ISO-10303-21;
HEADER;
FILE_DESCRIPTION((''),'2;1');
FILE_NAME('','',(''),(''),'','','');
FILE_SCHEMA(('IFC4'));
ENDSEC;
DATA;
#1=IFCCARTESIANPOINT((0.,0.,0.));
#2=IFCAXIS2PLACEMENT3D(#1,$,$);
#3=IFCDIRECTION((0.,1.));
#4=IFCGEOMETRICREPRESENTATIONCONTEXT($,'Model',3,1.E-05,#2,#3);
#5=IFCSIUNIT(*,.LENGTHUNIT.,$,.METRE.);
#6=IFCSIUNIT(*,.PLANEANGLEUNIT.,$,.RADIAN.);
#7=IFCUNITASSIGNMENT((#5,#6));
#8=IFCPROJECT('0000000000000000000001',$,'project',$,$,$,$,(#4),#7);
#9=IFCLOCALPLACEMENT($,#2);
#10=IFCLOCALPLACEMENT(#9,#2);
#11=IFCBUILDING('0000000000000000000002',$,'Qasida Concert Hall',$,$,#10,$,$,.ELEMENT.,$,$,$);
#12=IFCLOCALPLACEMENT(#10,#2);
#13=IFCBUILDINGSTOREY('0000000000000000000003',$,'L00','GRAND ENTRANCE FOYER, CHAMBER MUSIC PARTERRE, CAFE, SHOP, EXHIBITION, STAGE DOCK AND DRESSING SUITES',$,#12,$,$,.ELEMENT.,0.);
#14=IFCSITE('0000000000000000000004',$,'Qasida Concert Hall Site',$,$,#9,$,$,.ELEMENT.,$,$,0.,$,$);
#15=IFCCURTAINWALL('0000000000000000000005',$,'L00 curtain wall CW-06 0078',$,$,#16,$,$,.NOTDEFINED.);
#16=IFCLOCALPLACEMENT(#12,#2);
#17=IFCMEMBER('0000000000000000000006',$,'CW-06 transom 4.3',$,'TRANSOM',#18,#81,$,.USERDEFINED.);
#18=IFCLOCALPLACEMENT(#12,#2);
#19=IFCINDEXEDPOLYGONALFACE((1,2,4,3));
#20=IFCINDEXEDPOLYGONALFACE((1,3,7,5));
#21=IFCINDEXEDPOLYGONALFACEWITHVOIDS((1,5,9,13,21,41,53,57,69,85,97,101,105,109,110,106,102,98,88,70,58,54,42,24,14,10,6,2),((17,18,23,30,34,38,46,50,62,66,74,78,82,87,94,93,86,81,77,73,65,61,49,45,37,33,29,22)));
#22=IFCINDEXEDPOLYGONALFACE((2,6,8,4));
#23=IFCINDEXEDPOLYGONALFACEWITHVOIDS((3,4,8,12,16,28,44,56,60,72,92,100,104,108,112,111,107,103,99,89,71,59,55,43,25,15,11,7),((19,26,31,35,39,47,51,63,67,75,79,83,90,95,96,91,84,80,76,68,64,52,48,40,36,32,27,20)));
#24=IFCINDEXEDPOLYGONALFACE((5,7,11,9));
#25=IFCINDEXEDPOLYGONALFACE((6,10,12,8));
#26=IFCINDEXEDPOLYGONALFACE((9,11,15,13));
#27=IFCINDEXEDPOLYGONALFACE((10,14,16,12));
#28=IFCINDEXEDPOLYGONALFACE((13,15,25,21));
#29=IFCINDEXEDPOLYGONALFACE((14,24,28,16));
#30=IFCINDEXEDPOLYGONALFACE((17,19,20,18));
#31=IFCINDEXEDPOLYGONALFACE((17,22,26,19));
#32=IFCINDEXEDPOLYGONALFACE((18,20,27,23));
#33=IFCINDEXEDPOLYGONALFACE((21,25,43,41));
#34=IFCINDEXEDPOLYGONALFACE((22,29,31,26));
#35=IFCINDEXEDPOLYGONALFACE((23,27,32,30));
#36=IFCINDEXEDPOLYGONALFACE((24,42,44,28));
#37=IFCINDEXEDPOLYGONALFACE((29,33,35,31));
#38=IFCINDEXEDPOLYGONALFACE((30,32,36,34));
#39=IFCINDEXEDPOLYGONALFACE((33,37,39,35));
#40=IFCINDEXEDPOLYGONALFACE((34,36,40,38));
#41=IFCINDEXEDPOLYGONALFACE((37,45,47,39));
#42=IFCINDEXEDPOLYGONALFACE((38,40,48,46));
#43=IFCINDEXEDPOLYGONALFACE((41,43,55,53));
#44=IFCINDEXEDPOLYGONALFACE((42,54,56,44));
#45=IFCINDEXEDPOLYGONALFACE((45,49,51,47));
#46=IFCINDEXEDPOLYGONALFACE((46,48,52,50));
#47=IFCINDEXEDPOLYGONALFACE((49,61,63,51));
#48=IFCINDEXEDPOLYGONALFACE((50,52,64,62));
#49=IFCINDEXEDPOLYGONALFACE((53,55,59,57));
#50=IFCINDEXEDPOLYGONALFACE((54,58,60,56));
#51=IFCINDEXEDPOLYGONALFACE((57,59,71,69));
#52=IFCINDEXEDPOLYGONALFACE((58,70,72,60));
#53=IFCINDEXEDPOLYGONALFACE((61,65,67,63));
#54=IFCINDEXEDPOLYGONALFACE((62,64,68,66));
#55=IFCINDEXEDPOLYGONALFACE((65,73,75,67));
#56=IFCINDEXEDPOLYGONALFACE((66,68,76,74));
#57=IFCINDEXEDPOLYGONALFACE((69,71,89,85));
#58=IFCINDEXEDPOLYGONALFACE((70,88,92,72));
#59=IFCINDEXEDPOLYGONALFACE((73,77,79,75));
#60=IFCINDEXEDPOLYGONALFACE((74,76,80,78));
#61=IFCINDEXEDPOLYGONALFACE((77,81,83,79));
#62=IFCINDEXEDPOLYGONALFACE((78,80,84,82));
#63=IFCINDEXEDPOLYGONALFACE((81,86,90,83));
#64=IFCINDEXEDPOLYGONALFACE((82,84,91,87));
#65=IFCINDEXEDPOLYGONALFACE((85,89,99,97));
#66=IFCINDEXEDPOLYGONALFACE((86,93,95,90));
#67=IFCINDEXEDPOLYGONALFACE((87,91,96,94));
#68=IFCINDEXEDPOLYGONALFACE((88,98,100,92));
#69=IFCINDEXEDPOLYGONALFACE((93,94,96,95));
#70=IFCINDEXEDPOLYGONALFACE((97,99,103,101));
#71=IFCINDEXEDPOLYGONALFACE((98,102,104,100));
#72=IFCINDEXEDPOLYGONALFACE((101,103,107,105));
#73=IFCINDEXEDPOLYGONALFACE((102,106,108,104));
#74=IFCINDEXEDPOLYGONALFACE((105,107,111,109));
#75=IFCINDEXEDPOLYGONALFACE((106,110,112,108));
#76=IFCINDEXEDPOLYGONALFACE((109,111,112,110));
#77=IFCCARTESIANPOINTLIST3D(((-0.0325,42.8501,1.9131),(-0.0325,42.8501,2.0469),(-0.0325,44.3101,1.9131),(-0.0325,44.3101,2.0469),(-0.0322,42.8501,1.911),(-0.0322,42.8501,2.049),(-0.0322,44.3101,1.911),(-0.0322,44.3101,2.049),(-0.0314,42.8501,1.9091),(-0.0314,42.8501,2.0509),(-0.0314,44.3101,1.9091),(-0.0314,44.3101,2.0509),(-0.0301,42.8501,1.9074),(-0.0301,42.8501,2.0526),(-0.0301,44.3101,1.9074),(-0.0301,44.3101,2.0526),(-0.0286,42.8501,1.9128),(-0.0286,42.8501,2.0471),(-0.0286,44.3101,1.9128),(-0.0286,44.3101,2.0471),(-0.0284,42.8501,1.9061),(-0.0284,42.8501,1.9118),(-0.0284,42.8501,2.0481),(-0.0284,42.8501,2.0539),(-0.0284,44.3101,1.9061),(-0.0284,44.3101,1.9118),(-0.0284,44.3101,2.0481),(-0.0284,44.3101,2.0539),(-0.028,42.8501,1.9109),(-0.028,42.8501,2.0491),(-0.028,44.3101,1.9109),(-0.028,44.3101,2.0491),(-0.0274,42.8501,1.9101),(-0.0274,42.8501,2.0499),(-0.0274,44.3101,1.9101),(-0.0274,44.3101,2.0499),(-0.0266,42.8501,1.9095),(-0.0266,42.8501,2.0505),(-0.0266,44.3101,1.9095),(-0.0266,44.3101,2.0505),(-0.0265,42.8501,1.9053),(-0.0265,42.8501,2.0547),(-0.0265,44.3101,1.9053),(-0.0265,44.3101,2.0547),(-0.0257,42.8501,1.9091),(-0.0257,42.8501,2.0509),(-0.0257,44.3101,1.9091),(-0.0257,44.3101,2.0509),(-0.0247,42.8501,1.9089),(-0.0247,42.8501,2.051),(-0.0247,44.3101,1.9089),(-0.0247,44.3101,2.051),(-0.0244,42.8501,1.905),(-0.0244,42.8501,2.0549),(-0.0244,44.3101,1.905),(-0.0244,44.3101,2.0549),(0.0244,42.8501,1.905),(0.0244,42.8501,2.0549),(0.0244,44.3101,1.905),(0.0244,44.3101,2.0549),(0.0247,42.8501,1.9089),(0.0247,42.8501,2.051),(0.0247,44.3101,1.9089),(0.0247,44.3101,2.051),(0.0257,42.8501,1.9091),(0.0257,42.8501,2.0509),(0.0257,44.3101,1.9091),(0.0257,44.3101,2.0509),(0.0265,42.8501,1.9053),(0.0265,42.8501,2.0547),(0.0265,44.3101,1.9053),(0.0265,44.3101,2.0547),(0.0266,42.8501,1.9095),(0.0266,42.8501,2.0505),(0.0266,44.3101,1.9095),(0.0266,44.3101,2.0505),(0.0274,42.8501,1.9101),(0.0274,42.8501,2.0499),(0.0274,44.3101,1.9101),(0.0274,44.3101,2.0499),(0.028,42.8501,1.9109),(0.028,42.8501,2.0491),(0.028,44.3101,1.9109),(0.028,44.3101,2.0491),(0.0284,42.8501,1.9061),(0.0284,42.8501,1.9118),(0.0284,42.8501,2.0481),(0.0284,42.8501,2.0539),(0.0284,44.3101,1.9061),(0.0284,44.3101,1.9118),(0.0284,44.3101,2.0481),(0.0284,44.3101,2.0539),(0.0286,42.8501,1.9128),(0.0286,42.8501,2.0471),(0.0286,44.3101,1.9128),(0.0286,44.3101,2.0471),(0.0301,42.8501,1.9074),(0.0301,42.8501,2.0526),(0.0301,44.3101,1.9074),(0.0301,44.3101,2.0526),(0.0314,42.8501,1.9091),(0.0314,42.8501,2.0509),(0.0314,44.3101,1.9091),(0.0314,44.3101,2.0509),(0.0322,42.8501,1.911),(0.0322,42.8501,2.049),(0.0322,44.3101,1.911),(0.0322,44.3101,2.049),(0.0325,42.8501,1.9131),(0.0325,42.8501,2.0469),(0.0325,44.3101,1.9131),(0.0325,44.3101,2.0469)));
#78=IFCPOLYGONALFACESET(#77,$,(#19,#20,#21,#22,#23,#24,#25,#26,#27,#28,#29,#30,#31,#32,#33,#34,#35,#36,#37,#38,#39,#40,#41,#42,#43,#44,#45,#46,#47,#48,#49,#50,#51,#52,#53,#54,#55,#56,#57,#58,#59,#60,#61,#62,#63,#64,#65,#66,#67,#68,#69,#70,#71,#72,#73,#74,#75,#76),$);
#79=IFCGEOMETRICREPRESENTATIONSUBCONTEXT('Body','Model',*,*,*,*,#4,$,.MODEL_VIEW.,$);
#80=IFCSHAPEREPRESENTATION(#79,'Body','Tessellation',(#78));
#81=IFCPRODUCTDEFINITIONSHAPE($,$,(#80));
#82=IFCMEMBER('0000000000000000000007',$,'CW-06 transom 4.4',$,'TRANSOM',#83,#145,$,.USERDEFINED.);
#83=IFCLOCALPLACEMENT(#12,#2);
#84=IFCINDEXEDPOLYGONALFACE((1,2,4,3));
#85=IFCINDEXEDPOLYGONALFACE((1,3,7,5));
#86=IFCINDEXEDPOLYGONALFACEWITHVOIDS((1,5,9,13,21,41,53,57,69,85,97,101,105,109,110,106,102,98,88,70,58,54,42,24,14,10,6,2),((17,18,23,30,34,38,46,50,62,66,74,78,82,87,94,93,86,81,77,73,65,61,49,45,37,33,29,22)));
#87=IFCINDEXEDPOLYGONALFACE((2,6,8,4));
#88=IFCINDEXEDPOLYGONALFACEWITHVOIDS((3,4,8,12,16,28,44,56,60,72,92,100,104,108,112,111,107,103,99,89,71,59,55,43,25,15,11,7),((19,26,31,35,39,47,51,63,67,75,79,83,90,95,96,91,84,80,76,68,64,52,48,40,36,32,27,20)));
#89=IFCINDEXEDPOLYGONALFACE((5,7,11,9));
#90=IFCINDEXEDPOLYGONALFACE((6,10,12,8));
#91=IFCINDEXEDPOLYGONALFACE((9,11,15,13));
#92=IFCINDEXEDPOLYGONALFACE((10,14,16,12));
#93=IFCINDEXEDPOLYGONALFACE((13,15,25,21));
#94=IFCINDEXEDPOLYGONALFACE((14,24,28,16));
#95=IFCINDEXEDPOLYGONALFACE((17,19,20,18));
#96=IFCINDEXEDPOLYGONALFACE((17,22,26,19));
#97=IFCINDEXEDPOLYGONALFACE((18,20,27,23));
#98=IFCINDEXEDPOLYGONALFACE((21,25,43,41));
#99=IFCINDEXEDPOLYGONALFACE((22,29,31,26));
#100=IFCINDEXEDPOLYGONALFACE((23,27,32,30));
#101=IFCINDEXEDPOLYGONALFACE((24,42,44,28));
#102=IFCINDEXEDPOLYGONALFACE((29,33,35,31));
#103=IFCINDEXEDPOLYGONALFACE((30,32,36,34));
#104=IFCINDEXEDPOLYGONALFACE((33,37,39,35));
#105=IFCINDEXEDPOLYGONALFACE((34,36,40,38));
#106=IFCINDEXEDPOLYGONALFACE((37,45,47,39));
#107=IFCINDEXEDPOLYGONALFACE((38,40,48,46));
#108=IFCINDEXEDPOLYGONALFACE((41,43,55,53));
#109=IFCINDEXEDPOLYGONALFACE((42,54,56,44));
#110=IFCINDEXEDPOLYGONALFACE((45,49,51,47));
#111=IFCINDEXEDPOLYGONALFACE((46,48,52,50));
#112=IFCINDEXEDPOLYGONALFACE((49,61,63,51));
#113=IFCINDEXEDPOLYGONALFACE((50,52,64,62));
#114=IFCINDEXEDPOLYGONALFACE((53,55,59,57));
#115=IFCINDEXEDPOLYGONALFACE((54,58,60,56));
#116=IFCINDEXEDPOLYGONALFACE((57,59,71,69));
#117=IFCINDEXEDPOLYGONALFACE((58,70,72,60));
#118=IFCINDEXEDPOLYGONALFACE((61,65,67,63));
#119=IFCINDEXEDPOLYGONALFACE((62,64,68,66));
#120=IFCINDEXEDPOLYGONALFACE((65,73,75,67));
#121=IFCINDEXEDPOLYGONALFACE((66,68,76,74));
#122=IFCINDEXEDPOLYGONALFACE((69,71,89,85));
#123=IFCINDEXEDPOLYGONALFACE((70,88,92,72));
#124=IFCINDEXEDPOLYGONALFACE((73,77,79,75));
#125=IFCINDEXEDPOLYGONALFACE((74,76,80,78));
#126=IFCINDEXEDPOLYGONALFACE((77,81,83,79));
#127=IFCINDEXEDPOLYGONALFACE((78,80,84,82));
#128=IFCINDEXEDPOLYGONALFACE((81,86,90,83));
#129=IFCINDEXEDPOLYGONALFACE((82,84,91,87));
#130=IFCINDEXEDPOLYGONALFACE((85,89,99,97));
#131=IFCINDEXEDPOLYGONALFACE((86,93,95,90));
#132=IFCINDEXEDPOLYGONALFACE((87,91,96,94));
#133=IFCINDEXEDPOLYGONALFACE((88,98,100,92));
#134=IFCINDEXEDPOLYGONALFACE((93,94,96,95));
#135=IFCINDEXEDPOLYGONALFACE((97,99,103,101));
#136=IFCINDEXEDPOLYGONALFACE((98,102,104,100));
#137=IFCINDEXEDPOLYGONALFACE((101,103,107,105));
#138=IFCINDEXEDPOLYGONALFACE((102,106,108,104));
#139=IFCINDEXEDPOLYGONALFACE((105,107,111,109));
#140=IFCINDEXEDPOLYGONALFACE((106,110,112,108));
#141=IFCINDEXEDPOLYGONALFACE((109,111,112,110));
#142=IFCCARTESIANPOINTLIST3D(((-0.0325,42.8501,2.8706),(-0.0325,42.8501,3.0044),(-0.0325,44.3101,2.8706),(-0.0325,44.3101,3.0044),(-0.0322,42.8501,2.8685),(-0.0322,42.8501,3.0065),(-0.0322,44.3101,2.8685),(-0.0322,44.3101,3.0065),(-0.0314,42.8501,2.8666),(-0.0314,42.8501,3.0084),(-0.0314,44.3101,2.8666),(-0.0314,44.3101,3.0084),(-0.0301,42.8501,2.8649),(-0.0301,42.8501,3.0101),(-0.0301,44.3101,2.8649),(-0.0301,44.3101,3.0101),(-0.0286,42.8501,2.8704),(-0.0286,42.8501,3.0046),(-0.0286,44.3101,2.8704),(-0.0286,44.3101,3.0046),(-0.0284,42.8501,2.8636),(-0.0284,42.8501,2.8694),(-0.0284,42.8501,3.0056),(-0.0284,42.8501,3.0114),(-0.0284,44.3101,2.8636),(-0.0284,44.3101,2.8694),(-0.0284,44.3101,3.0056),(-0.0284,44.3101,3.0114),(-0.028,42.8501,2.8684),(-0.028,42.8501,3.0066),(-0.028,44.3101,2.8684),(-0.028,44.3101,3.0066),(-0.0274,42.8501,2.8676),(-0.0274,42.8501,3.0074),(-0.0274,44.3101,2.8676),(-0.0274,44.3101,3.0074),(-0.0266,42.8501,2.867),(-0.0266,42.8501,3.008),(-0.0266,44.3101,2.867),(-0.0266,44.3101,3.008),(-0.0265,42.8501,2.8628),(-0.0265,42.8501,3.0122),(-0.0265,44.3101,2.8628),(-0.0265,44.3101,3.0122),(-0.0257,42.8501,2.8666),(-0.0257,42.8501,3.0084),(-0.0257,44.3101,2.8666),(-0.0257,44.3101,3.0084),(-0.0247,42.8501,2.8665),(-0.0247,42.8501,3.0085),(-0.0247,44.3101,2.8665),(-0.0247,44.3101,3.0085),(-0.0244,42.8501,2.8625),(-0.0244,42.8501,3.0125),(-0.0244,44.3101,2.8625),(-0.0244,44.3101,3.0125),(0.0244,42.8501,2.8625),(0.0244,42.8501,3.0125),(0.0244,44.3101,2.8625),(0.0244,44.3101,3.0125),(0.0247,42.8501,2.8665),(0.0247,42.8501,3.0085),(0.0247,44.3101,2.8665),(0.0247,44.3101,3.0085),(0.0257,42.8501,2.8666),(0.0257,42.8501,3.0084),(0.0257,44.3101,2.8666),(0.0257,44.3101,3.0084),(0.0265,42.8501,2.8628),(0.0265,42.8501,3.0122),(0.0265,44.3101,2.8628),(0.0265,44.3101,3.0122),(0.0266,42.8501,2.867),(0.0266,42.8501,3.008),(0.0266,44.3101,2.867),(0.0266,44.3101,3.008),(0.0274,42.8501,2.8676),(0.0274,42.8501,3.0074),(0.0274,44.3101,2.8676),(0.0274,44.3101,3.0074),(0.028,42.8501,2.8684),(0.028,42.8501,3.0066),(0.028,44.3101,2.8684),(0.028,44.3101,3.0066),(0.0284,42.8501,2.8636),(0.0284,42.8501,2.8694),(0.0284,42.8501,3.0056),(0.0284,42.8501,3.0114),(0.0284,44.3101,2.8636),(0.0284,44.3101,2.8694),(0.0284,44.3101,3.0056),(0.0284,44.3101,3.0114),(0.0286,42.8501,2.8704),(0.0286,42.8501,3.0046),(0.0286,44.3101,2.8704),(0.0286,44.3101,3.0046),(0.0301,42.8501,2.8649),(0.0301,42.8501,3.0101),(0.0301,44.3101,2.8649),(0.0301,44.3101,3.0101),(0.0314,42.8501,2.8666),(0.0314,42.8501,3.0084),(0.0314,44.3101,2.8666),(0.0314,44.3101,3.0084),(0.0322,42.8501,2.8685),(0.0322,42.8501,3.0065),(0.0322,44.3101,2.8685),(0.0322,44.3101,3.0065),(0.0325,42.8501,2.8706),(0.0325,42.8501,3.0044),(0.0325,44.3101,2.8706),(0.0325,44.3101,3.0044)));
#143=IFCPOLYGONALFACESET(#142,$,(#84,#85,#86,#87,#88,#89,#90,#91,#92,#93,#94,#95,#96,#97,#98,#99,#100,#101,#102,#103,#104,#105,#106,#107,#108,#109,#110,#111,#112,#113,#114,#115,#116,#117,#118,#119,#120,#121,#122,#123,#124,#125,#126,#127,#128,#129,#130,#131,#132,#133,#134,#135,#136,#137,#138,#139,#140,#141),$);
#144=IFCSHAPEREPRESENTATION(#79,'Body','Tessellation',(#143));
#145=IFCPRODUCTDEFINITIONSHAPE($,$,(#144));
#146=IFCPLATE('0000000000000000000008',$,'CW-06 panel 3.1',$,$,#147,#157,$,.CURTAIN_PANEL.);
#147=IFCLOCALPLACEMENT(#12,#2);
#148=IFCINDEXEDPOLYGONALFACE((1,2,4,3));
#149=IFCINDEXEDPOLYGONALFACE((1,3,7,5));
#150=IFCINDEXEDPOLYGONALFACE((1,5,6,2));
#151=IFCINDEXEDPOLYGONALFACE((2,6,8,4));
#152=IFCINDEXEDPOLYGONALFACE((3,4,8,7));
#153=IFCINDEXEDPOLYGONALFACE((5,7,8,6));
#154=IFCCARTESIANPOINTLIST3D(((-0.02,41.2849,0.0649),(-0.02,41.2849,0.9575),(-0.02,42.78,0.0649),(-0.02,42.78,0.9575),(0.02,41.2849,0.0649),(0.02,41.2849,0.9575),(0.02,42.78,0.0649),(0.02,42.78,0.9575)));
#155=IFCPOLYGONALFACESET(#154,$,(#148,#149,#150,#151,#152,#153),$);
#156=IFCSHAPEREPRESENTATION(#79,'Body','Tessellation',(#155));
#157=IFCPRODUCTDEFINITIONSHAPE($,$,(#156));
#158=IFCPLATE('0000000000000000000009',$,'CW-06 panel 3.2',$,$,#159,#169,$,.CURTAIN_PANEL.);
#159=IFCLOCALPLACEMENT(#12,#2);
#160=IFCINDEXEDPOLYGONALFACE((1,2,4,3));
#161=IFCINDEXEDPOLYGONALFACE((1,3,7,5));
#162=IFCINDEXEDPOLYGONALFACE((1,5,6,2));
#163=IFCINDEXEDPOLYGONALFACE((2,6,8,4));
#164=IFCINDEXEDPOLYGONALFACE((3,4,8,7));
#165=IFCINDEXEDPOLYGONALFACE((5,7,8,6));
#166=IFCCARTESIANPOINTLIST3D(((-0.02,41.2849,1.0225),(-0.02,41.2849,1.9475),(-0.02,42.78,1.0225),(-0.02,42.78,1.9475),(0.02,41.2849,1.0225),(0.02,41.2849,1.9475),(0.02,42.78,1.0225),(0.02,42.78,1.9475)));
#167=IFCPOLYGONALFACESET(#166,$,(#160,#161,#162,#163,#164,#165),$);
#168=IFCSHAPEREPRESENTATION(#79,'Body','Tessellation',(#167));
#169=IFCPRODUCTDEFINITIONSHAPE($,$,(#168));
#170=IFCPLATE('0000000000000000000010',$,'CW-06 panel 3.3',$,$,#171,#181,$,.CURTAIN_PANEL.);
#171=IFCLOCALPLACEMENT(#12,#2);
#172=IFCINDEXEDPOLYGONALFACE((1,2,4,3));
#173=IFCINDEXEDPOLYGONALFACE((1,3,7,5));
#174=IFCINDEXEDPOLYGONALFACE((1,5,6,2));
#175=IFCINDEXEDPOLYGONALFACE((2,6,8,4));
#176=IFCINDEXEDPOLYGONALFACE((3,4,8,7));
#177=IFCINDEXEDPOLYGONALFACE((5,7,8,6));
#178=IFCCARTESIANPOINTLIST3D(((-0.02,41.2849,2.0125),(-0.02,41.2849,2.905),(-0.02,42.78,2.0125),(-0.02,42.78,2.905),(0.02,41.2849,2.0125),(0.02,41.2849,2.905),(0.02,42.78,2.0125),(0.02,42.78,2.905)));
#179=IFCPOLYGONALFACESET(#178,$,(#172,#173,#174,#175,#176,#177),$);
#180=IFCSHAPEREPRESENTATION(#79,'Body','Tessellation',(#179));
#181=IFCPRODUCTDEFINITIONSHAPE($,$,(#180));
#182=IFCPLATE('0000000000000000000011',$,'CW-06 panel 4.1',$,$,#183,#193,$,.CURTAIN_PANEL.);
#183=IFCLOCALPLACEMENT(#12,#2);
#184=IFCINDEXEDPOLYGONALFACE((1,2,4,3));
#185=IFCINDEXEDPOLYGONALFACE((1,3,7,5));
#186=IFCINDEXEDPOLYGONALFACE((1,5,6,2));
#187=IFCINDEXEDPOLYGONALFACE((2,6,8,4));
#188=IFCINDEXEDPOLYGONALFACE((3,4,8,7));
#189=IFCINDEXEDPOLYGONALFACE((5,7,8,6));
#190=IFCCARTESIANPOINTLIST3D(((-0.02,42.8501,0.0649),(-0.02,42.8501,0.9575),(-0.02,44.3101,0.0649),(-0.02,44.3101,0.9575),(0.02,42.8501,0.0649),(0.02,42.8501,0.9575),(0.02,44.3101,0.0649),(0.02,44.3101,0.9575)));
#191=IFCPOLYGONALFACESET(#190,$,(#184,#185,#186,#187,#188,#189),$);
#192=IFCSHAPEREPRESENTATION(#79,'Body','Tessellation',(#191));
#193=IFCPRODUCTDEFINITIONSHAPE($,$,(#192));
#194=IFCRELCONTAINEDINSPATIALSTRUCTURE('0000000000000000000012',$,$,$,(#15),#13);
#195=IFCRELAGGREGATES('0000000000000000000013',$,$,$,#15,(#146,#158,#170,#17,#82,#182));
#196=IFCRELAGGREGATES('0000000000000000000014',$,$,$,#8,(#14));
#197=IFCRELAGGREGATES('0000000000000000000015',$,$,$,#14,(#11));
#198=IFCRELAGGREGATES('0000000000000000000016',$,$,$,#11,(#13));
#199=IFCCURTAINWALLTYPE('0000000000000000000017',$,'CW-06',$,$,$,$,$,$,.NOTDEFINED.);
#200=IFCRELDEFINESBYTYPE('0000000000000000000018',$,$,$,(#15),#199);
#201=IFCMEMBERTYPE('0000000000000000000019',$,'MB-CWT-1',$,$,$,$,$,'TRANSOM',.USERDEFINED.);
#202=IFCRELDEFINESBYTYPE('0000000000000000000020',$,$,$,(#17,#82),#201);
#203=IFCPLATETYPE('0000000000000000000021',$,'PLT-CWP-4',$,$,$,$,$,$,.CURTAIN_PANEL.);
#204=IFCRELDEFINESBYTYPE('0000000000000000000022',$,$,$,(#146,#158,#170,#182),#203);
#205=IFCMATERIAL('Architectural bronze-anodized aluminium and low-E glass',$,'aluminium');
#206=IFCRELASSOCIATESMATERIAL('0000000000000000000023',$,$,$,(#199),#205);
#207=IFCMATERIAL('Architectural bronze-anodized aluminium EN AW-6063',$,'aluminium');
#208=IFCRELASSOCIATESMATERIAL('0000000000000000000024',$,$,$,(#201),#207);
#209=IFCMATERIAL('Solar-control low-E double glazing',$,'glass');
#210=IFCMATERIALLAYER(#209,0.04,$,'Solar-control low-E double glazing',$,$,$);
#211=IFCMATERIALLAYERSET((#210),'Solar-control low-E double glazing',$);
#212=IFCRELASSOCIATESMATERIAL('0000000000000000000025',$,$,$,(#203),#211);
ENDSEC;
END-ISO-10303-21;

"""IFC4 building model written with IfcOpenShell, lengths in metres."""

from ifc_helpers import new_model, si_unit, direction, frame, origin, origin_2d, place, context, subcontext, project, spatial, rectangle, hollow_rectangle, extrude, material, layer, layer_set, material_profile, profile_set, type_object, element, aggregate, save


model = new_model("IFC4")

# Units and contexts
model_context = context("Model", 3, precision=1e-05, world=origin(), true_north=direction((0.0, 1.0)))
body_context = subcontext(model_context, "Body", "Model", "MODEL_VIEW")
ifc_project = project(units=[si_unit("LENGTHUNIT", "METRE"), si_unit("PLANEANGLEUNIT", "RADIAN")], contexts=[model_context])

# Site, building, storey
site_placement = place(None, origin())
site = spatial("IfcSite", under=ifc_project, at=site_placement, Name="Qasida Concert Hall Site", CompositionType="ELEMENT", RefElevation=0.0)
building_placement = place(site_placement, origin())
building = spatial("IfcBuilding", under=site, at=building_placement, Name="Qasida Concert Hall", CompositionType="ELEMENT")
storey_placement = place(building_placement, origin())
storey = spatial("IfcBuildingStorey", under=building, at=storey_placement, Name="L00", Description="GRAND ENTRANCE FOYER, CHAMBER MUSIC PARTERRE, CAFE, SHOP, EXHIBITION, STAGE DOCK AND DRESSING SUITES", CompositionType="ELEMENT", Elevation=0.0)

# Curtain wall, members, plates
ifc_material_1 = material(Name="Architectural bronze-anodized aluminium and low-E glass", Category="aluminium")
curtain_wall_type = type_object("IfcCurtainWallType", Name="CW-06", PredefinedType="NOTDEFINED", material=ifc_material_1)
curtain_wall_placement = place(storey_placement, origin())
curtain_wall = element("IfcCurtainWall", 1, at=curtain_wall_placement, inside=storey, type_object=curtain_wall_type, Name="L00 curtain wall CW-06 0078", PredefinedType="NOTDEFINED")
ifc_material_2 = material(Name="Architectural bronze-anodized aluminium EN AW-6063", Category="aluminium")
ifc_material_profile_1 = material_profile(ifc_material_2, hollow_rectangle(XDim=0.0649, YDim=0.1499, WallThickness=0.0039, InnerFilletRadius=0.0039, OuterFilletRadius=0.0081, at=origin_2d()), Name="CWT 150x65x4")
ifc_profile_set_1 = profile_set([ifc_material_profile_1], Name="Architectural bronze-anodized aluminium EN AW-6063")
member_type_1 = type_object("IfcMemberType", Name="MB-CWT-1", ElementType="TRANSOM", PredefinedType="USERDEFINED", material=ifc_profile_set_1)
member_1_placement = place(storey_placement, frame((0.0, 42.8501, 1.98), z_axis=(0.0, 1.0, 0.0), x_axis=(-1.0, 0.0, 0.0)))
member_1 = element("IfcMember", 2, at=member_1_placement, type_object=member_type_1, Name="CW-06 transom 4.3", ObjectType="TRANSOM", PredefinedType="USERDEFINED", context=body_context, shape_type="SweptSolid", body=[
    extrude(hollow_rectangle(XDim=0.0649, YDim=0.1499, WallThickness=0.0039, InnerFilletRadius=0.0039, OuterFilletRadius=0.0081, at=origin_2d()), origin(), (0.0, 0.0, 1.0), 1.46),
])
member_2_placement = place(storey_placement, frame((0.0, 42.8501, 2.9375), z_axis=(0.0, 1.0, 0.0), x_axis=(-1.0, 0.0, 0.0)))
member_2 = element("IfcMember", 3, at=member_2_placement, type_object=member_type_1, Name="CW-06 transom 4.4", ObjectType="TRANSOM", PredefinedType="USERDEFINED", context=body_context, shape_type="SweptSolid", body=[
    extrude(hollow_rectangle(XDim=0.0649, YDim=0.1499, WallThickness=0.0039, InnerFilletRadius=0.0039, OuterFilletRadius=0.0081, at=origin_2d()), origin(), (0.0, 0.0, 1.0), 1.46),
])
ifc_material_3 = material(Name="Solar-control low-E double glazing", Category="glass")
ifc_layer_1 = layer(ifc_material_3, 0.04, Name="Solar-control low-E double glazing")
ifc_layer_set_1 = layer_set([ifc_layer_1], Name="Solar-control low-E double glazing")
plate_type = type_object("IfcPlateType", Name="PLT-CWP-4", PredefinedType="CURTAIN_PANEL", material=ifc_layer_set_1)
plate_1_placement = place(storey_placement, frame((0.0, 42.0325, 0.0649), z_axis=(0.0, 0.0, 1.0), x_axis=(0.0, 1.0, 0.0)))
plate_1 = element("IfcPlate", 4, at=plate_1_placement, type_object=plate_type, Name="CW-06 panel 3.1", PredefinedType="CURTAIN_PANEL", context=body_context, shape_type="SweptSolid", body=[
    extrude(rectangle(XDim=1.4951, YDim=0.04, at=origin_2d()), origin(), (0.0, 0.0, 1.0), 0.8926),
])
plate_2_placement = place(storey_placement, frame((0.0, 42.0325, 1.0225), z_axis=(0.0, 0.0, 1.0), x_axis=(0.0, 1.0, 0.0)))
plate_2 = element("IfcPlate", 5, at=plate_2_placement, type_object=plate_type, Name="CW-06 panel 3.2", PredefinedType="CURTAIN_PANEL", context=body_context, shape_type="SweptSolid", body=[
    extrude(rectangle(XDim=1.4951, YDim=0.04, at=origin_2d()), origin(), (0.0, 0.0, 1.0), 0.925),
])
plate_3_placement = place(storey_placement, frame((0.0, 42.0325, 2.0125), z_axis=(0.0, 0.0, 1.0), x_axis=(0.0, 1.0, 0.0)))
plate_3 = element("IfcPlate", 6, at=plate_3_placement, type_object=plate_type, Name="CW-06 panel 3.3", PredefinedType="CURTAIN_PANEL", context=body_context, shape_type="SweptSolid", body=[
    extrude(rectangle(XDim=1.4951, YDim=0.04, at=origin_2d()), origin(), (0.0, 0.0, 1.0), 0.8926),
])
plate_4_placement = place(storey_placement, frame((0.0, 43.5801, 0.0649), z_axis=(0.0, 0.0, 1.0), x_axis=(0.0, 1.0, 0.0)))
plate_4 = element("IfcPlate", 7, at=plate_4_placement, type_object=plate_type, Name="CW-06 panel 4.1", PredefinedType="CURTAIN_PANEL", context=body_context, shape_type="SweptSolid", body=[
    extrude(rectangle(XDim=1.46, YDim=0.04, at=origin_2d()), origin(), (0.0, 0.0, 1.0), 0.8926),
])
aggregate(curtain_wall, [plate_1, plate_2, plate_3, member_1, member_2, plate_4])

save(model, "model.ifc")
